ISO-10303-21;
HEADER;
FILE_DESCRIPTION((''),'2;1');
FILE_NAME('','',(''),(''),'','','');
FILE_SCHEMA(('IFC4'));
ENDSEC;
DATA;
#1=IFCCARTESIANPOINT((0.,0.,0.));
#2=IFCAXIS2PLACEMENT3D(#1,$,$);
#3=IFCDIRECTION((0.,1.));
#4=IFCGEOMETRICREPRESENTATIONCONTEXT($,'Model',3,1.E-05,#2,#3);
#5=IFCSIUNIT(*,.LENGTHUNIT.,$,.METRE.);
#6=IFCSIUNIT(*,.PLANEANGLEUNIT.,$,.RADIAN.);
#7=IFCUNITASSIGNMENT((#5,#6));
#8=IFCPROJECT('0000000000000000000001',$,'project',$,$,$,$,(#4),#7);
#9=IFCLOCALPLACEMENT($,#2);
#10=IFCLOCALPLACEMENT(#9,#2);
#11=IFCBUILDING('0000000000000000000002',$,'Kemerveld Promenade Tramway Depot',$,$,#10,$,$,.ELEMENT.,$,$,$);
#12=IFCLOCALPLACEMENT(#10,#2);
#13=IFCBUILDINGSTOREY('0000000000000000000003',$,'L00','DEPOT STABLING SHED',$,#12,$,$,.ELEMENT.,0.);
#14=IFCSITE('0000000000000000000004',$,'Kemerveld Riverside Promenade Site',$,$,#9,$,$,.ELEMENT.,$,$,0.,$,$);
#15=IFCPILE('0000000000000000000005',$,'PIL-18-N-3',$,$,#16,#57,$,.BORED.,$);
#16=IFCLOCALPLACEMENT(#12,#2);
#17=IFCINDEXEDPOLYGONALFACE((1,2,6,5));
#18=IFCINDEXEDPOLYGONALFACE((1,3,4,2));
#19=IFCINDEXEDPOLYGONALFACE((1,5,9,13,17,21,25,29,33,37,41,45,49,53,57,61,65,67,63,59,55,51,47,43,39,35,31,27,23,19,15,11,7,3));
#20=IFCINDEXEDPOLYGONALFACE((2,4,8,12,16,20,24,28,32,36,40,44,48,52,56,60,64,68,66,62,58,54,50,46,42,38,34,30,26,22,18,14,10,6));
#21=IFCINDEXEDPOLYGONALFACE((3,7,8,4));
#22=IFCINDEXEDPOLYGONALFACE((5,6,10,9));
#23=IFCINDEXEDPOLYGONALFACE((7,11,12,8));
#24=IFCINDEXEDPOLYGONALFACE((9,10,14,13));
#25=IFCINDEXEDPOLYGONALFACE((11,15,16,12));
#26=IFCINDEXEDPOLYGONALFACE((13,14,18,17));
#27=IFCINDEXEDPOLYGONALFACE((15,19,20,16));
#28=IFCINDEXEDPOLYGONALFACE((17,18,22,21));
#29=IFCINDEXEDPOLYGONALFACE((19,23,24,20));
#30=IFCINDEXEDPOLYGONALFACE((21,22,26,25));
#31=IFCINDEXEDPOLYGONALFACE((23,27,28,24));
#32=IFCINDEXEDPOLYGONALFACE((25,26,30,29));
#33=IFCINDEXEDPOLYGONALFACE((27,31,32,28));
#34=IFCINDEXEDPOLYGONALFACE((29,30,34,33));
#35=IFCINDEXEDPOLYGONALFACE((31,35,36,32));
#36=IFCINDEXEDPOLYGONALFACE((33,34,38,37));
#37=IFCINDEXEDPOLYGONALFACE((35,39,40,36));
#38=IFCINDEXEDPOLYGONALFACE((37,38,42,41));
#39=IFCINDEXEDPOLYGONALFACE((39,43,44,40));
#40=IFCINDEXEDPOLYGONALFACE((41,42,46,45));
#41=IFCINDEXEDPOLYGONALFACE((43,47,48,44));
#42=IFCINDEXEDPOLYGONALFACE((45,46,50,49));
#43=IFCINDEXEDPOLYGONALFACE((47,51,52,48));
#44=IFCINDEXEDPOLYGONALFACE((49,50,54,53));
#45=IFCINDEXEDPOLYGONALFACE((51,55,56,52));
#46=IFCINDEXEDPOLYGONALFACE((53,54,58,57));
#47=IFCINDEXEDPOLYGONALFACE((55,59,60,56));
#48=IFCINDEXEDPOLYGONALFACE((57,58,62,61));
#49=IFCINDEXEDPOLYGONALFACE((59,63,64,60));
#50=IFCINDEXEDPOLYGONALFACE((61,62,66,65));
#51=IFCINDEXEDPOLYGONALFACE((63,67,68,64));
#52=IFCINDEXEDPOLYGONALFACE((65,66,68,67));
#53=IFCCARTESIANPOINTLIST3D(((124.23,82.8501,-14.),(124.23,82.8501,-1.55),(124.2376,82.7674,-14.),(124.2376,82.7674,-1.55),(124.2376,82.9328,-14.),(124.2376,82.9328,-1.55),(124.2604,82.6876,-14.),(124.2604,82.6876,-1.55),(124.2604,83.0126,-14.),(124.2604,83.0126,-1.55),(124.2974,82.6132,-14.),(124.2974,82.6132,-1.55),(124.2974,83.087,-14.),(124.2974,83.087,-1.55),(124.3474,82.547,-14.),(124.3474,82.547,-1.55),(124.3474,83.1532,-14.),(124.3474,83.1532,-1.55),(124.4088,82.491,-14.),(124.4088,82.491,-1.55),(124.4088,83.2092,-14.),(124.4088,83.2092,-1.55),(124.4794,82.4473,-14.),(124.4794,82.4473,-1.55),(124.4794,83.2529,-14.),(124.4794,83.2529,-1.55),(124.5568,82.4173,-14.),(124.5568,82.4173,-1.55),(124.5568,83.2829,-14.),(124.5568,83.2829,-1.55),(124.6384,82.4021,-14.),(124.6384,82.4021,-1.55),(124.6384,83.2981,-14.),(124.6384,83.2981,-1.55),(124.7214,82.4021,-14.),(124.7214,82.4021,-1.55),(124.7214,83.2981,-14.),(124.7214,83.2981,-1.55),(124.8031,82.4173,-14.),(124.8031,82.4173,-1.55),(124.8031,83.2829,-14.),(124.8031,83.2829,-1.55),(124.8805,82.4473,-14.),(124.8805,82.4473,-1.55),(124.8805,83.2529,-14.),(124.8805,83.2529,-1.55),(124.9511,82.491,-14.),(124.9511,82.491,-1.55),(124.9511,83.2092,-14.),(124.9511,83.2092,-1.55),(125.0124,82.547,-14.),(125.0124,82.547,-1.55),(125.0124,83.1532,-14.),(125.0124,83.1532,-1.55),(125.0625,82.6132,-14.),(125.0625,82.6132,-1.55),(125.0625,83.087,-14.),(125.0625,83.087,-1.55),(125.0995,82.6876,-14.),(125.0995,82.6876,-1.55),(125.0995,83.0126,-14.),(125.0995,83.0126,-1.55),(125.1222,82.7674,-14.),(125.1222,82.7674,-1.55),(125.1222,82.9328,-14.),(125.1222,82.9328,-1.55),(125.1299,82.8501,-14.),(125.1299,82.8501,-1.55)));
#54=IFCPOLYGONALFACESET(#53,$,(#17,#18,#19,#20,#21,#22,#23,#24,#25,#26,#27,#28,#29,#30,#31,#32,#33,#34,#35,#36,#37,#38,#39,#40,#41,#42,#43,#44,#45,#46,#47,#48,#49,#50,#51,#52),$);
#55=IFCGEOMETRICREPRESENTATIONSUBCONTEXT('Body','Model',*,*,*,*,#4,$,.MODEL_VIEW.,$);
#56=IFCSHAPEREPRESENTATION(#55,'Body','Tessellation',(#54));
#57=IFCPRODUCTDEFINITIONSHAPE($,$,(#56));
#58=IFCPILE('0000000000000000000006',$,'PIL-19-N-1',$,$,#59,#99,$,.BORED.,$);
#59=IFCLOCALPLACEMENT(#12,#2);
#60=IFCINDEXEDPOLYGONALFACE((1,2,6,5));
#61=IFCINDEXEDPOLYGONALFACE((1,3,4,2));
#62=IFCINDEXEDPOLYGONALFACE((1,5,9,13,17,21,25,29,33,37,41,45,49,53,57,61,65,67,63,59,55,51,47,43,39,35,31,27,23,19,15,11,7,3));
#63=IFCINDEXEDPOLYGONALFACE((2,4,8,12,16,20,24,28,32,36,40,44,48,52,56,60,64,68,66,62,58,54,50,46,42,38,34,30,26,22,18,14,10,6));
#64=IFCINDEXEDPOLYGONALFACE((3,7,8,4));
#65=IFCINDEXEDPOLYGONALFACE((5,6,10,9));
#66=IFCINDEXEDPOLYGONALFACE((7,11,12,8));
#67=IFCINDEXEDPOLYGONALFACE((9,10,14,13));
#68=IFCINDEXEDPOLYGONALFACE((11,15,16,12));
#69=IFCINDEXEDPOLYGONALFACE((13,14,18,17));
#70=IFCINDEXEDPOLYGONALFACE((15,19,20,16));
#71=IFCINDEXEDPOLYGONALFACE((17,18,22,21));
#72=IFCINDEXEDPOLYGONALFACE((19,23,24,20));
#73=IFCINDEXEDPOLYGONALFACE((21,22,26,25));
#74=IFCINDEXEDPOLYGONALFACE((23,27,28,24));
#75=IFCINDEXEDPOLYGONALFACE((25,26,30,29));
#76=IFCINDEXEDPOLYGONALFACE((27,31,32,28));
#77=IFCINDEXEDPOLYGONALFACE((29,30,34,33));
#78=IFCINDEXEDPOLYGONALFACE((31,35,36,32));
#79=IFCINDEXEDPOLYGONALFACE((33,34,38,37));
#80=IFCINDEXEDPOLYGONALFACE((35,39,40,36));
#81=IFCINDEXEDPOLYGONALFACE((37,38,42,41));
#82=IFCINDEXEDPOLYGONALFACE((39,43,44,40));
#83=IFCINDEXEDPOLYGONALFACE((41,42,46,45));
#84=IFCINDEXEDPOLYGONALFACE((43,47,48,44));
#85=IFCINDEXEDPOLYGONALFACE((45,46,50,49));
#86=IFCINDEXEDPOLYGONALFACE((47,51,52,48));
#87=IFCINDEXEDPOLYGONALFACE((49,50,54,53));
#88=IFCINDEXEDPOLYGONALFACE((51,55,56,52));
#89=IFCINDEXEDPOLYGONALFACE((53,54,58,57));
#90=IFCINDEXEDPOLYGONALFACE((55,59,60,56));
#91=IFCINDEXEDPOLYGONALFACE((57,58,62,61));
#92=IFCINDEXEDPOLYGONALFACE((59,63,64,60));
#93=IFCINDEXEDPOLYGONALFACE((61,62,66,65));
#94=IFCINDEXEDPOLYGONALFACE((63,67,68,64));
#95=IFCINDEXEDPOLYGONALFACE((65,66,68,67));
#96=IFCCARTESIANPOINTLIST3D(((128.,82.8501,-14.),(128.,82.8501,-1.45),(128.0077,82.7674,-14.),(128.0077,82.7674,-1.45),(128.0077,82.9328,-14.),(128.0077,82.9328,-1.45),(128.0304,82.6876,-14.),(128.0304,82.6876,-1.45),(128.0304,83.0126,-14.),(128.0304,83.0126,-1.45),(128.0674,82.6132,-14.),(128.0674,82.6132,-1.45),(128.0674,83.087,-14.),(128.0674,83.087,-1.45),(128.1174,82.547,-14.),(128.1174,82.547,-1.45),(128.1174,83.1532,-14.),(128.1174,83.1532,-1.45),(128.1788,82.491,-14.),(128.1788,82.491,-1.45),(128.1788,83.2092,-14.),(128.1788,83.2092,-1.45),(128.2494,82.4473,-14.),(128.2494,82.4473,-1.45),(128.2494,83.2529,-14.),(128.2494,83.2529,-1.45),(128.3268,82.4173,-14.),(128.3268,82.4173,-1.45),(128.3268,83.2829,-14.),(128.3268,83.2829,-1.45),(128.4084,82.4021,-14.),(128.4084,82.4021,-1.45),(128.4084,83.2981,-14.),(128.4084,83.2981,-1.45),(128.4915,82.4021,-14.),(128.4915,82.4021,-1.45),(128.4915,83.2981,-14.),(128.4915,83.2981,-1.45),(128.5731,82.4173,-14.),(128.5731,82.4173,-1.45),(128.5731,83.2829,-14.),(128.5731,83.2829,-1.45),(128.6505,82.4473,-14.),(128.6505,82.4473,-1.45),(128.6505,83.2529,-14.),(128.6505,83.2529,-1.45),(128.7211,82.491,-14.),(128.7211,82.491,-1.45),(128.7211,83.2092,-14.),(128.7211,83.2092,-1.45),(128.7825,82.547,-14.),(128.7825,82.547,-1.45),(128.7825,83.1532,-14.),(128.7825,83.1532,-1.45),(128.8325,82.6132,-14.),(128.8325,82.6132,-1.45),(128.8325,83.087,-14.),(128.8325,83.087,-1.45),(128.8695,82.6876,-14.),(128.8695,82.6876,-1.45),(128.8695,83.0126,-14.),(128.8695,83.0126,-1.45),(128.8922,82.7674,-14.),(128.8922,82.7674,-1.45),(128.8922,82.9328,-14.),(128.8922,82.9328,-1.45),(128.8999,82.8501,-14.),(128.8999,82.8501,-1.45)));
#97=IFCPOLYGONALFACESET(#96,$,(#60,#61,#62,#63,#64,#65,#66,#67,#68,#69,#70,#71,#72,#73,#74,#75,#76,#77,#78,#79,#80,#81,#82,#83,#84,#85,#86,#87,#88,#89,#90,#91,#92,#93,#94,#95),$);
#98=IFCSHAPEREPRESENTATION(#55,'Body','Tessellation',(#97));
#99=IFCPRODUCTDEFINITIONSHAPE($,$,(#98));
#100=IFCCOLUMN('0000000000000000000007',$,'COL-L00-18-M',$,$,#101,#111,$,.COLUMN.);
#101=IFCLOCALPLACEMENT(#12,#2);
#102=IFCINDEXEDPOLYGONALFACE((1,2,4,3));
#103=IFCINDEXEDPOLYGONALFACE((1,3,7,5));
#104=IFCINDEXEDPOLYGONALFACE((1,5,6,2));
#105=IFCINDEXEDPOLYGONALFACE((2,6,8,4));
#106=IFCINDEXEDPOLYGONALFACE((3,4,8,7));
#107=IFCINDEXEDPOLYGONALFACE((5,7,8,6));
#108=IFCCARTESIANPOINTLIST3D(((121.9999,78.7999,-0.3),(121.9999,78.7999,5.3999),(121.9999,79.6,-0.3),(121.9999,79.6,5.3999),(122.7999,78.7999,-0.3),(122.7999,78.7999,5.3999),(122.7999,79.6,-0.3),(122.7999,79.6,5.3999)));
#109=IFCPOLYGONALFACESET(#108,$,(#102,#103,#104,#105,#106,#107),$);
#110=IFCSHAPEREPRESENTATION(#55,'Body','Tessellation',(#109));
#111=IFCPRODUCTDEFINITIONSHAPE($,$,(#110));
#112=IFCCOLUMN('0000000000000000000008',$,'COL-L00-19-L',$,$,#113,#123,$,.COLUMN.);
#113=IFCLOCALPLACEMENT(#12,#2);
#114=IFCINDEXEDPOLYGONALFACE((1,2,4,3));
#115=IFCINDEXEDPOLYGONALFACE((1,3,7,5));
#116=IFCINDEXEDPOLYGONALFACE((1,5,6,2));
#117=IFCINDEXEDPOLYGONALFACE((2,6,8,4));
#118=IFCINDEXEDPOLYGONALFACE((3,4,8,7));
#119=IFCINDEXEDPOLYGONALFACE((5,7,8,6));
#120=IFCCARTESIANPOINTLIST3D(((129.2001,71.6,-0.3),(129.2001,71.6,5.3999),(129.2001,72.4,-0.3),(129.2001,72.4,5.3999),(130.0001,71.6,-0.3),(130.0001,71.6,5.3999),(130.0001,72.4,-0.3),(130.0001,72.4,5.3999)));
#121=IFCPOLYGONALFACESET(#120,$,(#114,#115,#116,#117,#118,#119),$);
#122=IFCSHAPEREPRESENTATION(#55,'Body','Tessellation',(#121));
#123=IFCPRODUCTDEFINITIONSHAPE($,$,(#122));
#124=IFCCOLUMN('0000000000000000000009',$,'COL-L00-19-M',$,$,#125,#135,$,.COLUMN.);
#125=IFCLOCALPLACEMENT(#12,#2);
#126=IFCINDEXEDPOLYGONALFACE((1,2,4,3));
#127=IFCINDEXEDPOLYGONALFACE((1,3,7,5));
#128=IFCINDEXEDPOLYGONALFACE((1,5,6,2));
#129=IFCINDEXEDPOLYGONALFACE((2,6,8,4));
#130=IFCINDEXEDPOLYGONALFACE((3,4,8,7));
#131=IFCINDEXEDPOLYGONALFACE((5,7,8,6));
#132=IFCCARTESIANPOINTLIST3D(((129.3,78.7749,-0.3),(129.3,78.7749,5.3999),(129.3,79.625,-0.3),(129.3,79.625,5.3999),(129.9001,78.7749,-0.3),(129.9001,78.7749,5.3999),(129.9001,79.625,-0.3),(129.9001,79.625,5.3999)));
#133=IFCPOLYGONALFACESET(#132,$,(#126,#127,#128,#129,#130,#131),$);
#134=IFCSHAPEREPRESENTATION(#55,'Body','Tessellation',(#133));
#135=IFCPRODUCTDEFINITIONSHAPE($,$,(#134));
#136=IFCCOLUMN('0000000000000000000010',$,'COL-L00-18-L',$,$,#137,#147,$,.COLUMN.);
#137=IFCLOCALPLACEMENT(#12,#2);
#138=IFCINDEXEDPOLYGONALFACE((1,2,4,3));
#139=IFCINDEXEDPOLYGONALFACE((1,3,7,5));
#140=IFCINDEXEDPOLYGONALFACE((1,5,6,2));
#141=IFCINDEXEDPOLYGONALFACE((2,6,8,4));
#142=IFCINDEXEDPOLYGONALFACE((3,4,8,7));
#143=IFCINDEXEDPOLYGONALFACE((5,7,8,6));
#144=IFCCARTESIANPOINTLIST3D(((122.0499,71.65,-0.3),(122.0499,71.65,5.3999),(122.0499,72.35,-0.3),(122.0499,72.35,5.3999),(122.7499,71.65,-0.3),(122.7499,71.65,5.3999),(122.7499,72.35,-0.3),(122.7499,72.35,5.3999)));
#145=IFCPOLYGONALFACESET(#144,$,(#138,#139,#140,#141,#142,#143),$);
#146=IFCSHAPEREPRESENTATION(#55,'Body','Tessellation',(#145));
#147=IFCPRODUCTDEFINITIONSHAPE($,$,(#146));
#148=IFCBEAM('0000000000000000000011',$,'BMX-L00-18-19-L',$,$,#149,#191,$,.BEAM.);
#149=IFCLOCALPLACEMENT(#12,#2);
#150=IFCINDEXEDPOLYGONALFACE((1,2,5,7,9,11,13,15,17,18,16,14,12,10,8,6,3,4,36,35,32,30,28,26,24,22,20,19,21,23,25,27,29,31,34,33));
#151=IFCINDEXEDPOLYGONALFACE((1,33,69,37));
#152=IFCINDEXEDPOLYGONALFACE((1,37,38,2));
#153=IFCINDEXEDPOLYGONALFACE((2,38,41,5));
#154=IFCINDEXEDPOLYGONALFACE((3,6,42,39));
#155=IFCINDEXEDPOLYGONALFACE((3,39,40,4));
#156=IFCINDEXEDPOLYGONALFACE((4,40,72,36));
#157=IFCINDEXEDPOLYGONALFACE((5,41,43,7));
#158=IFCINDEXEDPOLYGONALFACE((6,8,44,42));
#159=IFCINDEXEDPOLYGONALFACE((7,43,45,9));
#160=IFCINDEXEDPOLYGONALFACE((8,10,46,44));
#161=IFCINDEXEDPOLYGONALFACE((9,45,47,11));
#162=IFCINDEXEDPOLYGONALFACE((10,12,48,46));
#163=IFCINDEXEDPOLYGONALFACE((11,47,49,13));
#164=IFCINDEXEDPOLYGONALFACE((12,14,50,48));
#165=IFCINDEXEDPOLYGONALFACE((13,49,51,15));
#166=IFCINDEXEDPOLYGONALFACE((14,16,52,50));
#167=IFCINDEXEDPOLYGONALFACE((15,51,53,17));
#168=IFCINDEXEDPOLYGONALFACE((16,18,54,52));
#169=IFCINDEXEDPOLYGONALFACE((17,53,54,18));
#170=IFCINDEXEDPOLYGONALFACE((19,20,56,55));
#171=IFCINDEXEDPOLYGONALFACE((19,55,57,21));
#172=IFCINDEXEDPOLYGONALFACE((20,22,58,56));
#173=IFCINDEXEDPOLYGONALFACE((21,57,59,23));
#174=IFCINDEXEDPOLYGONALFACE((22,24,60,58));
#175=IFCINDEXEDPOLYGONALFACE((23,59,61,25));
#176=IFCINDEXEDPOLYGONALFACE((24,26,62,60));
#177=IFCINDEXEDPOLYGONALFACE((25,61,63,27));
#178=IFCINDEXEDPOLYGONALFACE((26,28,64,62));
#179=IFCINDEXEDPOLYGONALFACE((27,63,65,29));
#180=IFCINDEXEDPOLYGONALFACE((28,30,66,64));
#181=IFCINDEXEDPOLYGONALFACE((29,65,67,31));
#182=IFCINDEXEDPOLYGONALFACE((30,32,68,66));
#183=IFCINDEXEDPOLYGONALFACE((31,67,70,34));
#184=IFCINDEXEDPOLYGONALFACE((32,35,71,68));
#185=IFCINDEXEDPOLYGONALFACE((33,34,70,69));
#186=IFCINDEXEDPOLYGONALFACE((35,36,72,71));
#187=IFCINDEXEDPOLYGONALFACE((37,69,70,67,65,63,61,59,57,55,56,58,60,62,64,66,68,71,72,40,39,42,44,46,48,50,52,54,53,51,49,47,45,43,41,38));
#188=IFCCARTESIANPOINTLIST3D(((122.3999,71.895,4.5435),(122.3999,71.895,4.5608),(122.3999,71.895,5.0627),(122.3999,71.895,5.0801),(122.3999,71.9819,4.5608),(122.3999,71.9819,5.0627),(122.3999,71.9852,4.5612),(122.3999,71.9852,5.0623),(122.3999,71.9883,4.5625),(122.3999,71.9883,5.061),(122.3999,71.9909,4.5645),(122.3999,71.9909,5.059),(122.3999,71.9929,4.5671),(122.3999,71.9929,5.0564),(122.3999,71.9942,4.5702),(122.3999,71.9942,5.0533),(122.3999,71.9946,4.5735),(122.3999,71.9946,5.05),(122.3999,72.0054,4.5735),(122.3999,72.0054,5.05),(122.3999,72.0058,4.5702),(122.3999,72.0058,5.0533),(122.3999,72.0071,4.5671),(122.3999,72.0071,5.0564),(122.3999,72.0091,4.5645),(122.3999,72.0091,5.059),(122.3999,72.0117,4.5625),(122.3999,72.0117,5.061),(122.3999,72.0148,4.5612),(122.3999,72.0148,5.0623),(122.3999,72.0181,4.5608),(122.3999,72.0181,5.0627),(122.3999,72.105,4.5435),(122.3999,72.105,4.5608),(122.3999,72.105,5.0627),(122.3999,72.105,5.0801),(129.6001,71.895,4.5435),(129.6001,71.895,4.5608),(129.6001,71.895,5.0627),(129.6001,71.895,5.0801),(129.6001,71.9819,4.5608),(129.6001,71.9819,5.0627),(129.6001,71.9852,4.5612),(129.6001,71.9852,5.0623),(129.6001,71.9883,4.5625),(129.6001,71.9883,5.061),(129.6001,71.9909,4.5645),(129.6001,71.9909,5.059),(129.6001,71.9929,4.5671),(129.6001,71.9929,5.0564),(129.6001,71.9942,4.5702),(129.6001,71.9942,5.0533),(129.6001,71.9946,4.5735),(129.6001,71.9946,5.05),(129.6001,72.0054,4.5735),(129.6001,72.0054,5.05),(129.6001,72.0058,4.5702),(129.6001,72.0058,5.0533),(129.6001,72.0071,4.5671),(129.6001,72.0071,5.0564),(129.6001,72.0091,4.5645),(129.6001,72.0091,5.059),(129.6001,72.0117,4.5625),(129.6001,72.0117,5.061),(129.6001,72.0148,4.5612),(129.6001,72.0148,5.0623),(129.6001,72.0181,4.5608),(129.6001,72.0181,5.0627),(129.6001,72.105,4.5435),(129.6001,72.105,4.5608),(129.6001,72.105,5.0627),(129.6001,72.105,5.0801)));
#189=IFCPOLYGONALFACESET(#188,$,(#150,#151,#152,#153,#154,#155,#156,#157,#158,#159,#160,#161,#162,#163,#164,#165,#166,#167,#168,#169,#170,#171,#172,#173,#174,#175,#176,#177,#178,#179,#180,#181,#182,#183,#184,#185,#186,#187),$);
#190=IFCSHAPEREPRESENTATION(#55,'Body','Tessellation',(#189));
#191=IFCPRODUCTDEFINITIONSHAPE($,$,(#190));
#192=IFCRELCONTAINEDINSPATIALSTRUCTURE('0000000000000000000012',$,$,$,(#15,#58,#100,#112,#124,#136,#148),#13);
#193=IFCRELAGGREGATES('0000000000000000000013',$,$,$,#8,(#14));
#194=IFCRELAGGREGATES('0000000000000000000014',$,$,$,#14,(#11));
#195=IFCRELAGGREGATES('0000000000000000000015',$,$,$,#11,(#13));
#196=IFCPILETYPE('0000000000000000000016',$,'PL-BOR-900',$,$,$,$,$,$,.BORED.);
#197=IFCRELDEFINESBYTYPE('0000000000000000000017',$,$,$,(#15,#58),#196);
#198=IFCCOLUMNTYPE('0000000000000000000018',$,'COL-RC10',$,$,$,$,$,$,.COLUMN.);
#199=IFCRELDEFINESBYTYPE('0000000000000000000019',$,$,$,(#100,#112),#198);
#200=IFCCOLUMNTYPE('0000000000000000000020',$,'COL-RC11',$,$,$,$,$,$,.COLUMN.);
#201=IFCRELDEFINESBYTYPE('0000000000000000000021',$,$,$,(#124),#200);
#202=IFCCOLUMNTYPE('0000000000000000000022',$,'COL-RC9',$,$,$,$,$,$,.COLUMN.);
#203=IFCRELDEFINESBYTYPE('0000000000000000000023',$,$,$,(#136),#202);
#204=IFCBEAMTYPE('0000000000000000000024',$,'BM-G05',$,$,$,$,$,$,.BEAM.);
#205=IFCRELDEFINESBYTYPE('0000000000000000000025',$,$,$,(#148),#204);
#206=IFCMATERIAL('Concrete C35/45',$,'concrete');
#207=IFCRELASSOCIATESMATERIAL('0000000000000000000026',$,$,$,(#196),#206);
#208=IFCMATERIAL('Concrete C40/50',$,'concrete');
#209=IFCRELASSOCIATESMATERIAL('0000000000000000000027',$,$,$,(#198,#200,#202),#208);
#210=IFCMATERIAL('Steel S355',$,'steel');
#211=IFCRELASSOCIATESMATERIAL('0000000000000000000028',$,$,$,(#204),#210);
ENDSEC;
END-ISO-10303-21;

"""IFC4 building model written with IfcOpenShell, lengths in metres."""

from ifc_helpers import new_model, si_unit, direction, frame, origin, origin_2d, place, context, subcontext, project, spatial, rectangle, circle, i_section, extrude, material, material_profile, profile_set, type_object, element, save


model = new_model("IFC4")

# Units and contexts
model_context = context("Model", 3, precision=1e-05, world=origin(), true_north=direction((0.0, 1.0)))
body_context = subcontext(model_context, "Body", "Model", "MODEL_VIEW")
ifc_project = project(units=[si_unit("LENGTHUNIT", "METRE"), si_unit("PLANEANGLEUNIT", "RADIAN")], contexts=[model_context])

# Site, building, storey
site_placement = place(None, origin())
site = spatial("IfcSite", under=ifc_project, at=site_placement, Name="Kemerveld Riverside Promenade Site", CompositionType="ELEMENT", RefElevation=0.0)
building_placement = place(site_placement, origin())
building = spatial("IfcBuilding", under=site, at=building_placement, Name="Kemerveld Promenade Tramway Depot", CompositionType="ELEMENT")
storey_placement = place(building_placement, origin())
storey = spatial("IfcBuildingStorey", under=building, at=storey_placement, Name="L00", Description="DEPOT STABLING SHED", CompositionType="ELEMENT", Elevation=0.0)

# Shared definitions
ifc_material_1 = material(Name="Concrete C35/45", Category="concrete")

# Piles
ifc_material_profile_1 = material_profile(ifc_material_1, circle(Radius=0.45, at=origin_2d()), Name="PILE-D900")
ifc_profile_set_1 = profile_set([ifc_material_profile_1], Name="Concrete C35/45")
pile_type_1 = type_object("IfcPileType", Name="PL-BOR-900", PredefinedType="BORED", material=ifc_profile_set_1)
for number, where, z_axis, x_axis, name in (
    (1, (124.6799, 82.8501, -1.55), (0.0, 0.0, -1.0), (1.0, 0.0, 0.0), "PIL-18-N-3"),
):
    element("IfcPile", number, at=place(storey_placement, frame(where, z_axis=z_axis, x_axis=x_axis)), inside=storey, type_object=pile_type_1, Name=name, PredefinedType="BORED", context=body_context, shape_type="SweptSolid", body=[
        extrude(circle(Radius=0.45, at=origin_2d()), origin(), (0.0, 0.0, 1.0), 12.45),
    ])
pile_placement = place(storey_placement, frame((128.45, 82.8501, -1.45), z_axis=(0.0, 0.0, -1.0), x_axis=(1.0, 0.0, 0.0)))
element("IfcPile", 2, at=pile_placement, inside=storey, type_object=pile_type_1, Name="PIL-19-N-1", PredefinedType="BORED", context=body_context, shape_type="SweptSolid", body=[
    extrude(circle(Radius=0.45, at=origin_2d()), origin(), (0.0, 0.0, 1.0), 12.55),
])

# Columns
ifc_material_2 = material(Name="Concrete C40/50", Category="concrete")
ifc_material_profile_2 = material_profile(ifc_material_2, rectangle(XDim=0.8, YDim=0.8, at=origin_2d()), Name="RC-COL-800x800")
ifc_profile_set_2 = profile_set([ifc_material_profile_2], Name="Concrete C40/50")
column_type_1 = type_object("IfcColumnType", Name="COL-RC10", PredefinedType="COLUMN", material=ifc_profile_set_2)
for number, where, z_axis, x_axis, name in (
    (3, (122.3999, 79.2, -0.3), (0.0, 0.0, 1.0), (1.0, 0.0, 0.0), "COL-L00-18-M"),
    (4, (129.6001, 72.0, -0.3), (0.0, 0.0, 1.0), (1.0, 0.0, 0.0), "COL-L00-19-L"),
):
    element("IfcColumn", number, at=place(storey_placement, frame(where, z_axis=z_axis, x_axis=x_axis)), inside=storey, type_object=column_type_1, Name=name, PredefinedType="COLUMN", context=body_context, shape_type="SweptSolid", body=[
        extrude(rectangle(XDim=0.8, YDim=0.8, at=origin_2d()), origin(), (0.0, 0.0, 1.0), 5.7),
    ])
ifc_material_profile_3 = material_profile(ifc_material_2, rectangle(XDim=0.6001, YDim=0.8501, at=origin_2d()), Name="RC-PIER-850x600")
ifc_profile_set_3 = profile_set([ifc_material_profile_3], Name="Concrete C40/50")
column_type_2 = type_object("IfcColumnType", Name="COL-RC11", PredefinedType="COLUMN", material=ifc_profile_set_3)
column_1_placement = place(storey_placement, frame((129.6001, 79.2, -0.3), z_axis=(0.0, 0.0, 1.0), x_axis=(1.0, 0.0, 0.0)))
element("IfcColumn", 5, at=column_1_placement, inside=storey, type_object=column_type_2, Name="COL-L00-19-M", PredefinedType="COLUMN", context=body_context, shape_type="SweptSolid", body=[
    extrude(rectangle(XDim=0.6001, YDim=0.8501, at=origin_2d()), origin(), (0.0, 0.0, 1.0), 5.7),
])
ifc_material_profile_4 = material_profile(ifc_material_2, rectangle(XDim=0.7, YDim=0.7, at=origin_2d()), Name="RC-COL-700x700")
ifc_profile_set_4 = profile_set([ifc_material_profile_4], Name="Concrete C40/50")
column_type_3 = type_object("IfcColumnType", Name="COL-RC9", PredefinedType="COLUMN", material=ifc_profile_set_4)
column_2_placement = place(storey_placement, frame((122.3999, 72.0, -0.3), z_axis=(0.0, 0.0, 1.0), x_axis=(1.0, 0.0, 0.0)))
element("IfcColumn", 6, at=column_2_placement, inside=storey, type_object=column_type_3, Name="COL-L00-18-L", PredefinedType="COLUMN", context=body_context, shape_type="SweptSolid", body=[
    extrude(rectangle(XDim=0.7, YDim=0.7, at=origin_2d()), origin(), (0.0, 0.0, 1.0), 5.7),
])

# Beam
ifc_material_3 = material(Name="Steel S355", Category="steel")
ifc_material_profile_5 = material_profile(ifc_material_3, i_section(OverallWidth=0.21, OverallDepth=0.5366, WebThickness=0.0107, FlangeThickness=0.0173, FilletRadius=0.0127, at=origin_2d()), Name="533x210x101 UB")
ifc_profile_set_5 = profile_set([ifc_material_profile_5], Name="Steel S355")
beam_type_1 = type_object("IfcBeamType", Name="BM-G05", PredefinedType="BEAM", material=ifc_profile_set_5)
beam_1_placement = place(storey_placement, frame((122.3999, 72.0, 4.8118), z_axis=(1.0, 0.0, 0.0), x_axis=(0.0, 1.0, 0.0)))
element("IfcBeam", 7, at=beam_1_placement, inside=storey, type_object=beam_type_1, Name="BMX-L00-18-19-L", PredefinedType="BEAM", context=body_context, shape_type="SweptSolid", body=[
    extrude(i_section(OverallWidth=0.21, OverallDepth=0.5366, WebThickness=0.0107, FlangeThickness=0.0173, FilletRadius=0.0127, at=origin_2d()), origin(), (0.0, 0.0, 1.0), 7.2002),
])

save(model, "model.ifc")
